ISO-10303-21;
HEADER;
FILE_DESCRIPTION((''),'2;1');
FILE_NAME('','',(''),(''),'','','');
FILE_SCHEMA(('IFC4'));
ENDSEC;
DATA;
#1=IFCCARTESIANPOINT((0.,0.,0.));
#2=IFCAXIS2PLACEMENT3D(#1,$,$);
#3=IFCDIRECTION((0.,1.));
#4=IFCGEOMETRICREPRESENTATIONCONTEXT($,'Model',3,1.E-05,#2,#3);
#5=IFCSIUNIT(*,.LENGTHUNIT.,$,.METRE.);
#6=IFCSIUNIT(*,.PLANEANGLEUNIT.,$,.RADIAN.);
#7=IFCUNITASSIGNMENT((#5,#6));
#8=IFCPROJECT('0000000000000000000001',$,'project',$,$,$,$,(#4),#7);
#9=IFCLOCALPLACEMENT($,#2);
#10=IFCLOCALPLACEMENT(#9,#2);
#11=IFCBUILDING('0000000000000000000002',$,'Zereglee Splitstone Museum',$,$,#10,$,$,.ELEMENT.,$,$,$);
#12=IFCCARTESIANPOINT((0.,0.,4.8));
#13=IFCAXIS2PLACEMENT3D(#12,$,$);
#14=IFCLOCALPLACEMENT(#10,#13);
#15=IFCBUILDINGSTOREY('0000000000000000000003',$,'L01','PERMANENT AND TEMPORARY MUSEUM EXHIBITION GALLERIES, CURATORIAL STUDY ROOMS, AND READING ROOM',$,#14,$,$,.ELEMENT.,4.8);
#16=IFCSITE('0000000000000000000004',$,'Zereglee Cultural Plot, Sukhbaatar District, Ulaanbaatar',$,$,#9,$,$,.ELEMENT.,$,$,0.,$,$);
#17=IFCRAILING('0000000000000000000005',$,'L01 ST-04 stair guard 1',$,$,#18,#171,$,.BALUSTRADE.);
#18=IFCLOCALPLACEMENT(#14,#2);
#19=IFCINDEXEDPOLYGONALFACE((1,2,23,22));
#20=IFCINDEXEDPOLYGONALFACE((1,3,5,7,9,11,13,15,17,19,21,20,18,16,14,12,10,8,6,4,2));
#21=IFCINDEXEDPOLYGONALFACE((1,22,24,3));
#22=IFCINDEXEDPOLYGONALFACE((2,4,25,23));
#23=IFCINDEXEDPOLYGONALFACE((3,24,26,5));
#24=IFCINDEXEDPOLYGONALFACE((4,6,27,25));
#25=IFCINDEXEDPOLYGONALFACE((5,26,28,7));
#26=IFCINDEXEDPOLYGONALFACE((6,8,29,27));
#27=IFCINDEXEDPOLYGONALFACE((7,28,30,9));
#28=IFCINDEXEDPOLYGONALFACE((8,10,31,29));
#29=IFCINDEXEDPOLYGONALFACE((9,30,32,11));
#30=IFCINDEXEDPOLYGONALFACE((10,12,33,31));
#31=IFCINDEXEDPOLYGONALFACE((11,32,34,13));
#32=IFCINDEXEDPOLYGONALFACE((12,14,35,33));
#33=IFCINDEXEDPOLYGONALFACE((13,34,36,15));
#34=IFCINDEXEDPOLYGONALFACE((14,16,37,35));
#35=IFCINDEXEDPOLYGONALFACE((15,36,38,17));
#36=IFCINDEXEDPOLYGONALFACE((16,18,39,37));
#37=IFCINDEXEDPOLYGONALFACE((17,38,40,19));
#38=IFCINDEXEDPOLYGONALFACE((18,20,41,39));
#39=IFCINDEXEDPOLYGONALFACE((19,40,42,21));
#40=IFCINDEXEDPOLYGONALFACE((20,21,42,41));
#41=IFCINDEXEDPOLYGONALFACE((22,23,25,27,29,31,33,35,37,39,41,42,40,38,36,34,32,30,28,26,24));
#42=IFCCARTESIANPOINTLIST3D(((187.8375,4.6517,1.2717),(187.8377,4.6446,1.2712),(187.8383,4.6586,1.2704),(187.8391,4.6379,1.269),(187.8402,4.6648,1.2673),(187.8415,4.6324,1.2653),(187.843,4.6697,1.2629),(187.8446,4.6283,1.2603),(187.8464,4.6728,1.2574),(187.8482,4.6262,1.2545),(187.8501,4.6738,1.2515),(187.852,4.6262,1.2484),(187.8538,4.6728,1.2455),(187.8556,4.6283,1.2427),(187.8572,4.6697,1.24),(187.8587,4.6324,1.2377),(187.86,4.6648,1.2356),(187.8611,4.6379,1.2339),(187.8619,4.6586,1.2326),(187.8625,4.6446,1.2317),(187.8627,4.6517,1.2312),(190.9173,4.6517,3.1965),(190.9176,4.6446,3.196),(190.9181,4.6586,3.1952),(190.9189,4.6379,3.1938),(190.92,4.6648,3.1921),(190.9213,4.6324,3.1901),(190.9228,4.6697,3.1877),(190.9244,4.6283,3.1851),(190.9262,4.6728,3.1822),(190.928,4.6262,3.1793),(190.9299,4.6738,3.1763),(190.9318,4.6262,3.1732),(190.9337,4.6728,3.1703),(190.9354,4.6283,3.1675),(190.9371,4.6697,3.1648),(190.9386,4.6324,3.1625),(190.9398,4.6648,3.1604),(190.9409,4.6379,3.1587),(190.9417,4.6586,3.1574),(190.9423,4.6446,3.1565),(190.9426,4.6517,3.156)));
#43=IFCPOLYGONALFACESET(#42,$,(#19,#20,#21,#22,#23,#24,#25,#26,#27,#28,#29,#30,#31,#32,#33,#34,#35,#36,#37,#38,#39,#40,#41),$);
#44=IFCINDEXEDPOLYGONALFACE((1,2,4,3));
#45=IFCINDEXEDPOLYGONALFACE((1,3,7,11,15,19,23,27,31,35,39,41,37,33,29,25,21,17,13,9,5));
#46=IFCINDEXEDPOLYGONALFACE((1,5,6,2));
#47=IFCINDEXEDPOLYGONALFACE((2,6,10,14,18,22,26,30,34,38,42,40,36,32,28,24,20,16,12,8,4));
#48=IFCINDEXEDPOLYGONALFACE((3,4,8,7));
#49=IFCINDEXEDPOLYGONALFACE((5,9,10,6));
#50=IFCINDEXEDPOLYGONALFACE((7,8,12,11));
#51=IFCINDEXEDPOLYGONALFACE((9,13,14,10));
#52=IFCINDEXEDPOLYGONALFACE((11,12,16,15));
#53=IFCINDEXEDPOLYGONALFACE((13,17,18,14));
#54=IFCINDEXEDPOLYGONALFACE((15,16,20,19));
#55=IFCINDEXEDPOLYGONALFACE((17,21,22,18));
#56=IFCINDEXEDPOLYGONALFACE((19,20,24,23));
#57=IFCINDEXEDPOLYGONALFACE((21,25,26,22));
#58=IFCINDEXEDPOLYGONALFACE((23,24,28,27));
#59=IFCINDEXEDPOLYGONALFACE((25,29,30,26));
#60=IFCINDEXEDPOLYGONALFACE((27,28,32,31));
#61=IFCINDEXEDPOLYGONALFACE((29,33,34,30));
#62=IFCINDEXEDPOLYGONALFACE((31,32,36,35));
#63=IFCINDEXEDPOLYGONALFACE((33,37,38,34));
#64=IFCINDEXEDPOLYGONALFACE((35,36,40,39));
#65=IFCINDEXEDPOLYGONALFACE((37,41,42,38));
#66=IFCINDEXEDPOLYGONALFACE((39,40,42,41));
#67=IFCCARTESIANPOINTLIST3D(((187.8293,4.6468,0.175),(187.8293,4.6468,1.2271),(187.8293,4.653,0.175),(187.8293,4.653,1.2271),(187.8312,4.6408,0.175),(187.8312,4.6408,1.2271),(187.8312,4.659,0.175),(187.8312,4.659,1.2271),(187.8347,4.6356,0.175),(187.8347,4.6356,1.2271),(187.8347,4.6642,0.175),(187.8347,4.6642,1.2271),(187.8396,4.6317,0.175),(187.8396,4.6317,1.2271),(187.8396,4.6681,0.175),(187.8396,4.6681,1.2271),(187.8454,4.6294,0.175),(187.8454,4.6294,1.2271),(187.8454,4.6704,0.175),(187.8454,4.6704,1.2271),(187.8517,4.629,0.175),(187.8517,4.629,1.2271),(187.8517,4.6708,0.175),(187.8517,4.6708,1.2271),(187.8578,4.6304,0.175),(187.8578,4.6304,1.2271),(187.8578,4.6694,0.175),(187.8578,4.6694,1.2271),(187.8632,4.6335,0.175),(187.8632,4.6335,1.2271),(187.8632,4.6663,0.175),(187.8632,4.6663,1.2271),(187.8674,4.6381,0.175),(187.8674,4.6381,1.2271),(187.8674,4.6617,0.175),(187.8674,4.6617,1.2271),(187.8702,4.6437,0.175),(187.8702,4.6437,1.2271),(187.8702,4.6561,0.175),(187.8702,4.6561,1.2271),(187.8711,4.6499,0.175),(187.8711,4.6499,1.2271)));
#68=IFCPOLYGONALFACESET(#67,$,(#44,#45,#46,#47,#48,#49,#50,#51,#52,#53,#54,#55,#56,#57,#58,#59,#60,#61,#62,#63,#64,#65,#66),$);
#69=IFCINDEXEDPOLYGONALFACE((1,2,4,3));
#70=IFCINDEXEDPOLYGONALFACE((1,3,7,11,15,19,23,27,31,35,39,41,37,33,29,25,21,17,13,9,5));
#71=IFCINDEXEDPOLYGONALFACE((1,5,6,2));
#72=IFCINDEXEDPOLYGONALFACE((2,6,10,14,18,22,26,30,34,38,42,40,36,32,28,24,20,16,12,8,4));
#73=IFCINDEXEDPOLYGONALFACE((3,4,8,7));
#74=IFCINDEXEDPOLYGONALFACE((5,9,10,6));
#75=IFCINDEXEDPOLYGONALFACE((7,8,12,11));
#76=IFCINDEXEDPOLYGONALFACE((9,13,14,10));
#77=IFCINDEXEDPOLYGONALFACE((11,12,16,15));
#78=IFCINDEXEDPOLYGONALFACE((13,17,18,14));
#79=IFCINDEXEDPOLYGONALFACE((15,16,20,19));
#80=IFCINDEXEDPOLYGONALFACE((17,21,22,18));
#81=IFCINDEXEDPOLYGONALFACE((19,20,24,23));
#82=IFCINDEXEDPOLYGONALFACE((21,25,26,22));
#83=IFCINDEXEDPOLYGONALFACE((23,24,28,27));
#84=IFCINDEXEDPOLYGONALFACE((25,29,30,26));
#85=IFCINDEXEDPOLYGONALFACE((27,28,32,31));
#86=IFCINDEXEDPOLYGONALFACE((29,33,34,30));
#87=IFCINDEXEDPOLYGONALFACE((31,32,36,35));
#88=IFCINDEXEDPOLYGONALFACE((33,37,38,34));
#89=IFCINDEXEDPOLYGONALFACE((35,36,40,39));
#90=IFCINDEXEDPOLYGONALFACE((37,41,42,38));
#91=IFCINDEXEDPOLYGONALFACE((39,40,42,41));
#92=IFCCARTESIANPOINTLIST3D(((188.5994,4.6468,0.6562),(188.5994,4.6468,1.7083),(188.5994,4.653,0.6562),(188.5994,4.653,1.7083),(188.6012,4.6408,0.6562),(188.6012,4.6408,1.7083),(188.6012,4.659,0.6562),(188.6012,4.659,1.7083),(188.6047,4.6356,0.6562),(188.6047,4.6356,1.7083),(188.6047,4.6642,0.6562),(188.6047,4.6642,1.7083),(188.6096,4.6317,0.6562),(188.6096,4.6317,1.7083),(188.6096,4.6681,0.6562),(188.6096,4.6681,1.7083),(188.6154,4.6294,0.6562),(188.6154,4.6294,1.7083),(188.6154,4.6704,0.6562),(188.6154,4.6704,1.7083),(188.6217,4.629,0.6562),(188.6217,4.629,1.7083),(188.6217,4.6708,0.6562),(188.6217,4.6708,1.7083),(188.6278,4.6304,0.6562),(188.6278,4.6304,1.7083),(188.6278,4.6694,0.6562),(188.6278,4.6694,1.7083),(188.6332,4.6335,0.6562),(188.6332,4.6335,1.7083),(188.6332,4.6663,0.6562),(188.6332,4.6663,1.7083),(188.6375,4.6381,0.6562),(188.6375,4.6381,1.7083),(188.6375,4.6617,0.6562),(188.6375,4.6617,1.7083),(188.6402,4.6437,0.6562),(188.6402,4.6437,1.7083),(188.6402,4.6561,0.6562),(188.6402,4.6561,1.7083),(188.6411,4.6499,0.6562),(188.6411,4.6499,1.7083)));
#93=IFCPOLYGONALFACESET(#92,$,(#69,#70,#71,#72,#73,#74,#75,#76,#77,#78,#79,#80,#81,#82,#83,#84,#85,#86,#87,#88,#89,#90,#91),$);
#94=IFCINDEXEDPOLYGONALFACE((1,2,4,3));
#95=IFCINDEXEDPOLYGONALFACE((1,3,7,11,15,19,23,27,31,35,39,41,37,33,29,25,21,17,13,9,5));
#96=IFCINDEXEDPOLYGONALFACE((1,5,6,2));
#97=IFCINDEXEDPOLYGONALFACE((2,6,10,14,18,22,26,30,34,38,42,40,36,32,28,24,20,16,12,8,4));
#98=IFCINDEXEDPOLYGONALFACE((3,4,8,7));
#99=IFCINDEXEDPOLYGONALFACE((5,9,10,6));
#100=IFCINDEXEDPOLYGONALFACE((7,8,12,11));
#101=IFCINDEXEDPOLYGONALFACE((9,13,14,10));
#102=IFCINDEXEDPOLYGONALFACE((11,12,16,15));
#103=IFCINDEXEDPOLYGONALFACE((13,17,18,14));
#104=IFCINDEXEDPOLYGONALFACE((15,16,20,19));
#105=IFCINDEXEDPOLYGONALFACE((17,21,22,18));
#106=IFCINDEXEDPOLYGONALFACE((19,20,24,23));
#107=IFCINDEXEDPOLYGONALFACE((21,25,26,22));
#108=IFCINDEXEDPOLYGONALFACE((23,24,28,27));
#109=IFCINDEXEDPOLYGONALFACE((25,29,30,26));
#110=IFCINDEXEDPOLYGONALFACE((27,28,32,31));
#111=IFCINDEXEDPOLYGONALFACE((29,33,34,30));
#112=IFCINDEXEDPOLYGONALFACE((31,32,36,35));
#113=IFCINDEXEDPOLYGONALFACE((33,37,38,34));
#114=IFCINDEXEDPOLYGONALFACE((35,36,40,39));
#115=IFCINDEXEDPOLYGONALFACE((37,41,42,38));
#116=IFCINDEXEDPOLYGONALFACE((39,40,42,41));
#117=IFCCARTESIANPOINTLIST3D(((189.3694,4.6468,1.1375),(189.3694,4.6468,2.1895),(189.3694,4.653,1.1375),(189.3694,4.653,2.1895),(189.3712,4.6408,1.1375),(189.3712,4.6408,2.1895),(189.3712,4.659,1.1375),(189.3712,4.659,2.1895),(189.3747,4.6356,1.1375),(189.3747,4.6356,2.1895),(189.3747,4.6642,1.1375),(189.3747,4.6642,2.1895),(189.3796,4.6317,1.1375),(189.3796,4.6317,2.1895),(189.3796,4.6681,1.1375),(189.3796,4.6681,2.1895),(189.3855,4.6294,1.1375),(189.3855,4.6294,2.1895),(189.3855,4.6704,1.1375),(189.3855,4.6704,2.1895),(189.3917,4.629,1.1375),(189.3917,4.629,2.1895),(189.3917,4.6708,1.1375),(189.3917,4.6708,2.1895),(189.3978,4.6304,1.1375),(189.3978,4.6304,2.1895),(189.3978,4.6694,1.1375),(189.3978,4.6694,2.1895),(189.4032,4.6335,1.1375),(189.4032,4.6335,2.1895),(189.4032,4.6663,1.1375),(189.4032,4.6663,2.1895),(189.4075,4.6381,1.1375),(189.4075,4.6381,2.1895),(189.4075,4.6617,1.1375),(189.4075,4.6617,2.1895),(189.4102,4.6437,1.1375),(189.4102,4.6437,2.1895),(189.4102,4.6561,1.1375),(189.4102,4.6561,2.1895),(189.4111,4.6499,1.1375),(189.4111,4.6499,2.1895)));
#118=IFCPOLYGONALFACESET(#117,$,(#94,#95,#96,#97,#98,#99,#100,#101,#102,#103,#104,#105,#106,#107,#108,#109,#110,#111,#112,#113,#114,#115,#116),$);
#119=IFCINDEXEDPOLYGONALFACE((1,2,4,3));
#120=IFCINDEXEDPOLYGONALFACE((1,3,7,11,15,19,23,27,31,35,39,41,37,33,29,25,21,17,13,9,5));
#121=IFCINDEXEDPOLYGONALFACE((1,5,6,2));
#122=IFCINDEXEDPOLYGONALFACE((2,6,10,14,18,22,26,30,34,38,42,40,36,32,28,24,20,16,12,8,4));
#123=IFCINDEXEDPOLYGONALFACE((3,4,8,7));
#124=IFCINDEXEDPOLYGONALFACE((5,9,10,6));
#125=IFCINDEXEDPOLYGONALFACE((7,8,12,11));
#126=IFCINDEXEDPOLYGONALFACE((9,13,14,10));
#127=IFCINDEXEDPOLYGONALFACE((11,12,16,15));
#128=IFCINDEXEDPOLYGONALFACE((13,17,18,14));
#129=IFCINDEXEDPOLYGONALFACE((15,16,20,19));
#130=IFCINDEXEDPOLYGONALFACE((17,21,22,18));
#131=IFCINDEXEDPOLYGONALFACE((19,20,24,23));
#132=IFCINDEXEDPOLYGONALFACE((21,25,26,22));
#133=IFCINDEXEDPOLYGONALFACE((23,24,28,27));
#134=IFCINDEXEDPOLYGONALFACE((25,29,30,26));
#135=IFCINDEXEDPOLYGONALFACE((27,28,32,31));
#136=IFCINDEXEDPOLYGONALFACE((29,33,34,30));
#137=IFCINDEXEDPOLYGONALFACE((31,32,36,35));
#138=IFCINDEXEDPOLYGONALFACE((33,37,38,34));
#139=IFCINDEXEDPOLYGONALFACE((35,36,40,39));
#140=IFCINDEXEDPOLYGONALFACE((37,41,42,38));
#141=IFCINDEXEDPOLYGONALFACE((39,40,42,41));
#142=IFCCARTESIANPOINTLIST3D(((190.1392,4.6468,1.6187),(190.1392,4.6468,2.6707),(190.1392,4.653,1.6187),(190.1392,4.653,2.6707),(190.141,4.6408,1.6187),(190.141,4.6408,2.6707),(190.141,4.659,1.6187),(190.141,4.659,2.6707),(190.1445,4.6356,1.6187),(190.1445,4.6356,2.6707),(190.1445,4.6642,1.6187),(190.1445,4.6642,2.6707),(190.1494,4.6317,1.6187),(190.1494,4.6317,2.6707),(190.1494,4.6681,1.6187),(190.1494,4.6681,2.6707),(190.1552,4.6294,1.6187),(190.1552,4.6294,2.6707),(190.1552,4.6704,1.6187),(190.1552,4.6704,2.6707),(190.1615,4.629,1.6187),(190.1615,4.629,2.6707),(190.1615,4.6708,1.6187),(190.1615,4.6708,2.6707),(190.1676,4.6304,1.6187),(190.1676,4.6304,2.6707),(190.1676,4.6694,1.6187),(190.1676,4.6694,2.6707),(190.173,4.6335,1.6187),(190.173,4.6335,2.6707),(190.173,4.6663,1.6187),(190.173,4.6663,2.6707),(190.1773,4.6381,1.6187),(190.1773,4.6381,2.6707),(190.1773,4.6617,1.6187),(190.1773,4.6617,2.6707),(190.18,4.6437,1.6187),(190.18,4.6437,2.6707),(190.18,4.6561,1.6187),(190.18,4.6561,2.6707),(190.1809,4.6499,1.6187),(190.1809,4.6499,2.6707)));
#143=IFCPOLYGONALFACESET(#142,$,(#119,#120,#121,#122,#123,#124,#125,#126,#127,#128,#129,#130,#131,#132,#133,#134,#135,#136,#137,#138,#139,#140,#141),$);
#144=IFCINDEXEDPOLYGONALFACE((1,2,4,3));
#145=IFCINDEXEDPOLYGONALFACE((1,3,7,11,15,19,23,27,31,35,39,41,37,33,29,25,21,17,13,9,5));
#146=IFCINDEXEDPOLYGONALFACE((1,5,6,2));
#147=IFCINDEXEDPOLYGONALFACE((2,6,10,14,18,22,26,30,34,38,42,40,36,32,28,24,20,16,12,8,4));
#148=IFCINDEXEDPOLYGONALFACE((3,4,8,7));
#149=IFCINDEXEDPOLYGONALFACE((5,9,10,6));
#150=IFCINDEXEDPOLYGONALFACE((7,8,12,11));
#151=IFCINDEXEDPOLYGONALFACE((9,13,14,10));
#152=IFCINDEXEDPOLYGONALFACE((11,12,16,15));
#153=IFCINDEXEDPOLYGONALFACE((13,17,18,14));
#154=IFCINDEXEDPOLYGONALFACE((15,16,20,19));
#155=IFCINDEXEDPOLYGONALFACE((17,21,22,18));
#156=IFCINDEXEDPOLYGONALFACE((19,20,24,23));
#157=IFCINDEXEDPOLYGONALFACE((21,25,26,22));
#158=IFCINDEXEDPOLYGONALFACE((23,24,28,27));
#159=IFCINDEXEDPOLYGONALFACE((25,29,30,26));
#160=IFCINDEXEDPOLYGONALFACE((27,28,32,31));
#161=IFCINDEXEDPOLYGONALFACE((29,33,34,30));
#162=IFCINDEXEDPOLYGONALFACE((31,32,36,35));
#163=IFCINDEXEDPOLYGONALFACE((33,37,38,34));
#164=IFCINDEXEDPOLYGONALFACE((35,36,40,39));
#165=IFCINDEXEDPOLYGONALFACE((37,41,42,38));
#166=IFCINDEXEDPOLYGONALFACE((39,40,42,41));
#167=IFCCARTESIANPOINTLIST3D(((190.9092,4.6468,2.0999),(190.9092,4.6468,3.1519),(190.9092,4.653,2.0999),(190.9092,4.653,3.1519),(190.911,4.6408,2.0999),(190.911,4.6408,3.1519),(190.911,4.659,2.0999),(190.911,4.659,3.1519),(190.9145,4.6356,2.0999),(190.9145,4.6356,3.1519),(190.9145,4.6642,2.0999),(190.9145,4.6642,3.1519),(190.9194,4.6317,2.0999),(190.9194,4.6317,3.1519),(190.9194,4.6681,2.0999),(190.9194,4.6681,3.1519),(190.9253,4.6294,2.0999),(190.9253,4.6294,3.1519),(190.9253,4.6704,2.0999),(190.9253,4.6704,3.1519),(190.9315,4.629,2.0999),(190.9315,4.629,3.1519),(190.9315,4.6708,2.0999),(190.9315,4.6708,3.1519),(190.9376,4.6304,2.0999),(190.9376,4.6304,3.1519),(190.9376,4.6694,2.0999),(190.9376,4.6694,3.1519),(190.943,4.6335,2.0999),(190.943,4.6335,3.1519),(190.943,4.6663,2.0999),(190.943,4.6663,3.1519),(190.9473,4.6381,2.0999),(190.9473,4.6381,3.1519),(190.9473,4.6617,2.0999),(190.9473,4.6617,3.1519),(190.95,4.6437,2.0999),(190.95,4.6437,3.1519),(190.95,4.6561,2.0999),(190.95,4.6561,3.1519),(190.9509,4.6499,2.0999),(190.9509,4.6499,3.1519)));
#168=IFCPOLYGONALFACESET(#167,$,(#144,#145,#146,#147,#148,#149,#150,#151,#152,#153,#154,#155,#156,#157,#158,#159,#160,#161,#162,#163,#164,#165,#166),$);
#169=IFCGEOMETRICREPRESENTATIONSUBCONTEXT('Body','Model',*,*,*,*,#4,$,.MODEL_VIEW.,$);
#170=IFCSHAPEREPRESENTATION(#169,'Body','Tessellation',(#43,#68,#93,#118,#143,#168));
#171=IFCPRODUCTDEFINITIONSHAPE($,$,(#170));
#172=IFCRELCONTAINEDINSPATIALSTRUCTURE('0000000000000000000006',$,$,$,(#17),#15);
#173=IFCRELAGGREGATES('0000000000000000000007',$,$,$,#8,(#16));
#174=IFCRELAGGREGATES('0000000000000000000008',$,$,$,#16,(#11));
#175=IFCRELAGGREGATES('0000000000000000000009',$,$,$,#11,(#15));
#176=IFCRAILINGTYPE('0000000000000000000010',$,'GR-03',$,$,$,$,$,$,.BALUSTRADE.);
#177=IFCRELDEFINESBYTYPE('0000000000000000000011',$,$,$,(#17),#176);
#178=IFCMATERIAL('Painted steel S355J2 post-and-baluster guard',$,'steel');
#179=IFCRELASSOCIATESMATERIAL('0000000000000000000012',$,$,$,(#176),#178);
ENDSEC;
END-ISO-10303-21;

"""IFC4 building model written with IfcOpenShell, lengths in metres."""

from ifc_helpers import new_model, si_unit, direction, frame, origin, origin_2d, place, context, subcontext, project, spatial, circle, extrude, material, type_object, element, save


model = new_model("IFC4")

# Units and contexts
model_context = context("Model", 3, precision=1e-05, world=origin(), true_north=direction((0.0, 1.0)))
body_context = subcontext(model_context, "Body", "Model", "MODEL_VIEW")
ifc_project = project(units=[si_unit("LENGTHUNIT", "METRE"), si_unit("PLANEANGLEUNIT", "RADIAN")], contexts=[model_context])

# Site, building, storey
site_placement = place(None, origin())
site = spatial("IfcSite", under=ifc_project, at=site_placement, Name="Zereglee Cultural Plot, Sukhbaatar District, Ulaanbaatar", CompositionType="ELEMENT", RefElevation=0.0)
building_placement = place(site_placement, origin())
building = spatial("IfcBuilding", under=site, at=building_placement, Name="Zereglee Splitstone Museum", CompositionType="ELEMENT")
storey_placement = place(building_placement, frame((0.0, 0.0, 4.8)))
storey = spatial("IfcBuildingStorey", under=building, at=storey_placement, Name="L01", Description="PERMANENT AND TEMPORARY MUSEUM EXHIBITION GALLERIES, CURATORIAL STUDY ROOMS, AND READING ROOM", CompositionType="ELEMENT", Elevation=4.8)

# Railing
ifc_material_1 = material(Name="Painted steel S355J2 post-and-baluster guard", Category="steel")
railing_type_1 = type_object("IfcRailingType", Name="GR-03", PredefinedType="BALUSTRADE", material=ifc_material_1)
railing_1_placement = place(storey_placement, frame((187.8501, 4.6499, 0.175)))
element("IfcRailing", 1, at=railing_1_placement, inside=storey, type_object=railing_type_1, Name="L01 ST-04 stair guard 1", PredefinedType="BALUSTRADE", context=body_context, shape_type="SweptSolid", body=[
    extrude(circle(Radius=0.0239, at=origin_2d()), frame((0.0, 0.0, 1.0764), z_axis=(0.84801, 0.0, 0.529981), x_axis=(0.0, 1.0, 0.0)), (0.0, 0.0, 1.0), 3.6318),
    extrude(circle(Radius=0.021, at=origin_2d()), origin(), (0.0, 0.0, 1.0), 1.052),
    extrude(circle(Radius=0.021, at=origin_2d()), frame((0.77, 0.0, 0.4812)), (0.0, 0.0, 1.0), 1.052),
    extrude(circle(Radius=0.021, at=origin_2d()), frame((1.54, 0.0, 0.9624)), (0.0, 0.0, 1.0), 1.052),
    extrude(circle(Radius=0.021, at=origin_2d()), frame((2.3098, 0.0, 1.4436)), (0.0, 0.0, 1.0), 1.052),
    extrude(circle(Radius=0.021, at=origin_2d()), frame((3.0798, 0.0, 1.9248)), (0.0, 0.0, 1.0), 1.052),
])

save(model, "model.ifc")
